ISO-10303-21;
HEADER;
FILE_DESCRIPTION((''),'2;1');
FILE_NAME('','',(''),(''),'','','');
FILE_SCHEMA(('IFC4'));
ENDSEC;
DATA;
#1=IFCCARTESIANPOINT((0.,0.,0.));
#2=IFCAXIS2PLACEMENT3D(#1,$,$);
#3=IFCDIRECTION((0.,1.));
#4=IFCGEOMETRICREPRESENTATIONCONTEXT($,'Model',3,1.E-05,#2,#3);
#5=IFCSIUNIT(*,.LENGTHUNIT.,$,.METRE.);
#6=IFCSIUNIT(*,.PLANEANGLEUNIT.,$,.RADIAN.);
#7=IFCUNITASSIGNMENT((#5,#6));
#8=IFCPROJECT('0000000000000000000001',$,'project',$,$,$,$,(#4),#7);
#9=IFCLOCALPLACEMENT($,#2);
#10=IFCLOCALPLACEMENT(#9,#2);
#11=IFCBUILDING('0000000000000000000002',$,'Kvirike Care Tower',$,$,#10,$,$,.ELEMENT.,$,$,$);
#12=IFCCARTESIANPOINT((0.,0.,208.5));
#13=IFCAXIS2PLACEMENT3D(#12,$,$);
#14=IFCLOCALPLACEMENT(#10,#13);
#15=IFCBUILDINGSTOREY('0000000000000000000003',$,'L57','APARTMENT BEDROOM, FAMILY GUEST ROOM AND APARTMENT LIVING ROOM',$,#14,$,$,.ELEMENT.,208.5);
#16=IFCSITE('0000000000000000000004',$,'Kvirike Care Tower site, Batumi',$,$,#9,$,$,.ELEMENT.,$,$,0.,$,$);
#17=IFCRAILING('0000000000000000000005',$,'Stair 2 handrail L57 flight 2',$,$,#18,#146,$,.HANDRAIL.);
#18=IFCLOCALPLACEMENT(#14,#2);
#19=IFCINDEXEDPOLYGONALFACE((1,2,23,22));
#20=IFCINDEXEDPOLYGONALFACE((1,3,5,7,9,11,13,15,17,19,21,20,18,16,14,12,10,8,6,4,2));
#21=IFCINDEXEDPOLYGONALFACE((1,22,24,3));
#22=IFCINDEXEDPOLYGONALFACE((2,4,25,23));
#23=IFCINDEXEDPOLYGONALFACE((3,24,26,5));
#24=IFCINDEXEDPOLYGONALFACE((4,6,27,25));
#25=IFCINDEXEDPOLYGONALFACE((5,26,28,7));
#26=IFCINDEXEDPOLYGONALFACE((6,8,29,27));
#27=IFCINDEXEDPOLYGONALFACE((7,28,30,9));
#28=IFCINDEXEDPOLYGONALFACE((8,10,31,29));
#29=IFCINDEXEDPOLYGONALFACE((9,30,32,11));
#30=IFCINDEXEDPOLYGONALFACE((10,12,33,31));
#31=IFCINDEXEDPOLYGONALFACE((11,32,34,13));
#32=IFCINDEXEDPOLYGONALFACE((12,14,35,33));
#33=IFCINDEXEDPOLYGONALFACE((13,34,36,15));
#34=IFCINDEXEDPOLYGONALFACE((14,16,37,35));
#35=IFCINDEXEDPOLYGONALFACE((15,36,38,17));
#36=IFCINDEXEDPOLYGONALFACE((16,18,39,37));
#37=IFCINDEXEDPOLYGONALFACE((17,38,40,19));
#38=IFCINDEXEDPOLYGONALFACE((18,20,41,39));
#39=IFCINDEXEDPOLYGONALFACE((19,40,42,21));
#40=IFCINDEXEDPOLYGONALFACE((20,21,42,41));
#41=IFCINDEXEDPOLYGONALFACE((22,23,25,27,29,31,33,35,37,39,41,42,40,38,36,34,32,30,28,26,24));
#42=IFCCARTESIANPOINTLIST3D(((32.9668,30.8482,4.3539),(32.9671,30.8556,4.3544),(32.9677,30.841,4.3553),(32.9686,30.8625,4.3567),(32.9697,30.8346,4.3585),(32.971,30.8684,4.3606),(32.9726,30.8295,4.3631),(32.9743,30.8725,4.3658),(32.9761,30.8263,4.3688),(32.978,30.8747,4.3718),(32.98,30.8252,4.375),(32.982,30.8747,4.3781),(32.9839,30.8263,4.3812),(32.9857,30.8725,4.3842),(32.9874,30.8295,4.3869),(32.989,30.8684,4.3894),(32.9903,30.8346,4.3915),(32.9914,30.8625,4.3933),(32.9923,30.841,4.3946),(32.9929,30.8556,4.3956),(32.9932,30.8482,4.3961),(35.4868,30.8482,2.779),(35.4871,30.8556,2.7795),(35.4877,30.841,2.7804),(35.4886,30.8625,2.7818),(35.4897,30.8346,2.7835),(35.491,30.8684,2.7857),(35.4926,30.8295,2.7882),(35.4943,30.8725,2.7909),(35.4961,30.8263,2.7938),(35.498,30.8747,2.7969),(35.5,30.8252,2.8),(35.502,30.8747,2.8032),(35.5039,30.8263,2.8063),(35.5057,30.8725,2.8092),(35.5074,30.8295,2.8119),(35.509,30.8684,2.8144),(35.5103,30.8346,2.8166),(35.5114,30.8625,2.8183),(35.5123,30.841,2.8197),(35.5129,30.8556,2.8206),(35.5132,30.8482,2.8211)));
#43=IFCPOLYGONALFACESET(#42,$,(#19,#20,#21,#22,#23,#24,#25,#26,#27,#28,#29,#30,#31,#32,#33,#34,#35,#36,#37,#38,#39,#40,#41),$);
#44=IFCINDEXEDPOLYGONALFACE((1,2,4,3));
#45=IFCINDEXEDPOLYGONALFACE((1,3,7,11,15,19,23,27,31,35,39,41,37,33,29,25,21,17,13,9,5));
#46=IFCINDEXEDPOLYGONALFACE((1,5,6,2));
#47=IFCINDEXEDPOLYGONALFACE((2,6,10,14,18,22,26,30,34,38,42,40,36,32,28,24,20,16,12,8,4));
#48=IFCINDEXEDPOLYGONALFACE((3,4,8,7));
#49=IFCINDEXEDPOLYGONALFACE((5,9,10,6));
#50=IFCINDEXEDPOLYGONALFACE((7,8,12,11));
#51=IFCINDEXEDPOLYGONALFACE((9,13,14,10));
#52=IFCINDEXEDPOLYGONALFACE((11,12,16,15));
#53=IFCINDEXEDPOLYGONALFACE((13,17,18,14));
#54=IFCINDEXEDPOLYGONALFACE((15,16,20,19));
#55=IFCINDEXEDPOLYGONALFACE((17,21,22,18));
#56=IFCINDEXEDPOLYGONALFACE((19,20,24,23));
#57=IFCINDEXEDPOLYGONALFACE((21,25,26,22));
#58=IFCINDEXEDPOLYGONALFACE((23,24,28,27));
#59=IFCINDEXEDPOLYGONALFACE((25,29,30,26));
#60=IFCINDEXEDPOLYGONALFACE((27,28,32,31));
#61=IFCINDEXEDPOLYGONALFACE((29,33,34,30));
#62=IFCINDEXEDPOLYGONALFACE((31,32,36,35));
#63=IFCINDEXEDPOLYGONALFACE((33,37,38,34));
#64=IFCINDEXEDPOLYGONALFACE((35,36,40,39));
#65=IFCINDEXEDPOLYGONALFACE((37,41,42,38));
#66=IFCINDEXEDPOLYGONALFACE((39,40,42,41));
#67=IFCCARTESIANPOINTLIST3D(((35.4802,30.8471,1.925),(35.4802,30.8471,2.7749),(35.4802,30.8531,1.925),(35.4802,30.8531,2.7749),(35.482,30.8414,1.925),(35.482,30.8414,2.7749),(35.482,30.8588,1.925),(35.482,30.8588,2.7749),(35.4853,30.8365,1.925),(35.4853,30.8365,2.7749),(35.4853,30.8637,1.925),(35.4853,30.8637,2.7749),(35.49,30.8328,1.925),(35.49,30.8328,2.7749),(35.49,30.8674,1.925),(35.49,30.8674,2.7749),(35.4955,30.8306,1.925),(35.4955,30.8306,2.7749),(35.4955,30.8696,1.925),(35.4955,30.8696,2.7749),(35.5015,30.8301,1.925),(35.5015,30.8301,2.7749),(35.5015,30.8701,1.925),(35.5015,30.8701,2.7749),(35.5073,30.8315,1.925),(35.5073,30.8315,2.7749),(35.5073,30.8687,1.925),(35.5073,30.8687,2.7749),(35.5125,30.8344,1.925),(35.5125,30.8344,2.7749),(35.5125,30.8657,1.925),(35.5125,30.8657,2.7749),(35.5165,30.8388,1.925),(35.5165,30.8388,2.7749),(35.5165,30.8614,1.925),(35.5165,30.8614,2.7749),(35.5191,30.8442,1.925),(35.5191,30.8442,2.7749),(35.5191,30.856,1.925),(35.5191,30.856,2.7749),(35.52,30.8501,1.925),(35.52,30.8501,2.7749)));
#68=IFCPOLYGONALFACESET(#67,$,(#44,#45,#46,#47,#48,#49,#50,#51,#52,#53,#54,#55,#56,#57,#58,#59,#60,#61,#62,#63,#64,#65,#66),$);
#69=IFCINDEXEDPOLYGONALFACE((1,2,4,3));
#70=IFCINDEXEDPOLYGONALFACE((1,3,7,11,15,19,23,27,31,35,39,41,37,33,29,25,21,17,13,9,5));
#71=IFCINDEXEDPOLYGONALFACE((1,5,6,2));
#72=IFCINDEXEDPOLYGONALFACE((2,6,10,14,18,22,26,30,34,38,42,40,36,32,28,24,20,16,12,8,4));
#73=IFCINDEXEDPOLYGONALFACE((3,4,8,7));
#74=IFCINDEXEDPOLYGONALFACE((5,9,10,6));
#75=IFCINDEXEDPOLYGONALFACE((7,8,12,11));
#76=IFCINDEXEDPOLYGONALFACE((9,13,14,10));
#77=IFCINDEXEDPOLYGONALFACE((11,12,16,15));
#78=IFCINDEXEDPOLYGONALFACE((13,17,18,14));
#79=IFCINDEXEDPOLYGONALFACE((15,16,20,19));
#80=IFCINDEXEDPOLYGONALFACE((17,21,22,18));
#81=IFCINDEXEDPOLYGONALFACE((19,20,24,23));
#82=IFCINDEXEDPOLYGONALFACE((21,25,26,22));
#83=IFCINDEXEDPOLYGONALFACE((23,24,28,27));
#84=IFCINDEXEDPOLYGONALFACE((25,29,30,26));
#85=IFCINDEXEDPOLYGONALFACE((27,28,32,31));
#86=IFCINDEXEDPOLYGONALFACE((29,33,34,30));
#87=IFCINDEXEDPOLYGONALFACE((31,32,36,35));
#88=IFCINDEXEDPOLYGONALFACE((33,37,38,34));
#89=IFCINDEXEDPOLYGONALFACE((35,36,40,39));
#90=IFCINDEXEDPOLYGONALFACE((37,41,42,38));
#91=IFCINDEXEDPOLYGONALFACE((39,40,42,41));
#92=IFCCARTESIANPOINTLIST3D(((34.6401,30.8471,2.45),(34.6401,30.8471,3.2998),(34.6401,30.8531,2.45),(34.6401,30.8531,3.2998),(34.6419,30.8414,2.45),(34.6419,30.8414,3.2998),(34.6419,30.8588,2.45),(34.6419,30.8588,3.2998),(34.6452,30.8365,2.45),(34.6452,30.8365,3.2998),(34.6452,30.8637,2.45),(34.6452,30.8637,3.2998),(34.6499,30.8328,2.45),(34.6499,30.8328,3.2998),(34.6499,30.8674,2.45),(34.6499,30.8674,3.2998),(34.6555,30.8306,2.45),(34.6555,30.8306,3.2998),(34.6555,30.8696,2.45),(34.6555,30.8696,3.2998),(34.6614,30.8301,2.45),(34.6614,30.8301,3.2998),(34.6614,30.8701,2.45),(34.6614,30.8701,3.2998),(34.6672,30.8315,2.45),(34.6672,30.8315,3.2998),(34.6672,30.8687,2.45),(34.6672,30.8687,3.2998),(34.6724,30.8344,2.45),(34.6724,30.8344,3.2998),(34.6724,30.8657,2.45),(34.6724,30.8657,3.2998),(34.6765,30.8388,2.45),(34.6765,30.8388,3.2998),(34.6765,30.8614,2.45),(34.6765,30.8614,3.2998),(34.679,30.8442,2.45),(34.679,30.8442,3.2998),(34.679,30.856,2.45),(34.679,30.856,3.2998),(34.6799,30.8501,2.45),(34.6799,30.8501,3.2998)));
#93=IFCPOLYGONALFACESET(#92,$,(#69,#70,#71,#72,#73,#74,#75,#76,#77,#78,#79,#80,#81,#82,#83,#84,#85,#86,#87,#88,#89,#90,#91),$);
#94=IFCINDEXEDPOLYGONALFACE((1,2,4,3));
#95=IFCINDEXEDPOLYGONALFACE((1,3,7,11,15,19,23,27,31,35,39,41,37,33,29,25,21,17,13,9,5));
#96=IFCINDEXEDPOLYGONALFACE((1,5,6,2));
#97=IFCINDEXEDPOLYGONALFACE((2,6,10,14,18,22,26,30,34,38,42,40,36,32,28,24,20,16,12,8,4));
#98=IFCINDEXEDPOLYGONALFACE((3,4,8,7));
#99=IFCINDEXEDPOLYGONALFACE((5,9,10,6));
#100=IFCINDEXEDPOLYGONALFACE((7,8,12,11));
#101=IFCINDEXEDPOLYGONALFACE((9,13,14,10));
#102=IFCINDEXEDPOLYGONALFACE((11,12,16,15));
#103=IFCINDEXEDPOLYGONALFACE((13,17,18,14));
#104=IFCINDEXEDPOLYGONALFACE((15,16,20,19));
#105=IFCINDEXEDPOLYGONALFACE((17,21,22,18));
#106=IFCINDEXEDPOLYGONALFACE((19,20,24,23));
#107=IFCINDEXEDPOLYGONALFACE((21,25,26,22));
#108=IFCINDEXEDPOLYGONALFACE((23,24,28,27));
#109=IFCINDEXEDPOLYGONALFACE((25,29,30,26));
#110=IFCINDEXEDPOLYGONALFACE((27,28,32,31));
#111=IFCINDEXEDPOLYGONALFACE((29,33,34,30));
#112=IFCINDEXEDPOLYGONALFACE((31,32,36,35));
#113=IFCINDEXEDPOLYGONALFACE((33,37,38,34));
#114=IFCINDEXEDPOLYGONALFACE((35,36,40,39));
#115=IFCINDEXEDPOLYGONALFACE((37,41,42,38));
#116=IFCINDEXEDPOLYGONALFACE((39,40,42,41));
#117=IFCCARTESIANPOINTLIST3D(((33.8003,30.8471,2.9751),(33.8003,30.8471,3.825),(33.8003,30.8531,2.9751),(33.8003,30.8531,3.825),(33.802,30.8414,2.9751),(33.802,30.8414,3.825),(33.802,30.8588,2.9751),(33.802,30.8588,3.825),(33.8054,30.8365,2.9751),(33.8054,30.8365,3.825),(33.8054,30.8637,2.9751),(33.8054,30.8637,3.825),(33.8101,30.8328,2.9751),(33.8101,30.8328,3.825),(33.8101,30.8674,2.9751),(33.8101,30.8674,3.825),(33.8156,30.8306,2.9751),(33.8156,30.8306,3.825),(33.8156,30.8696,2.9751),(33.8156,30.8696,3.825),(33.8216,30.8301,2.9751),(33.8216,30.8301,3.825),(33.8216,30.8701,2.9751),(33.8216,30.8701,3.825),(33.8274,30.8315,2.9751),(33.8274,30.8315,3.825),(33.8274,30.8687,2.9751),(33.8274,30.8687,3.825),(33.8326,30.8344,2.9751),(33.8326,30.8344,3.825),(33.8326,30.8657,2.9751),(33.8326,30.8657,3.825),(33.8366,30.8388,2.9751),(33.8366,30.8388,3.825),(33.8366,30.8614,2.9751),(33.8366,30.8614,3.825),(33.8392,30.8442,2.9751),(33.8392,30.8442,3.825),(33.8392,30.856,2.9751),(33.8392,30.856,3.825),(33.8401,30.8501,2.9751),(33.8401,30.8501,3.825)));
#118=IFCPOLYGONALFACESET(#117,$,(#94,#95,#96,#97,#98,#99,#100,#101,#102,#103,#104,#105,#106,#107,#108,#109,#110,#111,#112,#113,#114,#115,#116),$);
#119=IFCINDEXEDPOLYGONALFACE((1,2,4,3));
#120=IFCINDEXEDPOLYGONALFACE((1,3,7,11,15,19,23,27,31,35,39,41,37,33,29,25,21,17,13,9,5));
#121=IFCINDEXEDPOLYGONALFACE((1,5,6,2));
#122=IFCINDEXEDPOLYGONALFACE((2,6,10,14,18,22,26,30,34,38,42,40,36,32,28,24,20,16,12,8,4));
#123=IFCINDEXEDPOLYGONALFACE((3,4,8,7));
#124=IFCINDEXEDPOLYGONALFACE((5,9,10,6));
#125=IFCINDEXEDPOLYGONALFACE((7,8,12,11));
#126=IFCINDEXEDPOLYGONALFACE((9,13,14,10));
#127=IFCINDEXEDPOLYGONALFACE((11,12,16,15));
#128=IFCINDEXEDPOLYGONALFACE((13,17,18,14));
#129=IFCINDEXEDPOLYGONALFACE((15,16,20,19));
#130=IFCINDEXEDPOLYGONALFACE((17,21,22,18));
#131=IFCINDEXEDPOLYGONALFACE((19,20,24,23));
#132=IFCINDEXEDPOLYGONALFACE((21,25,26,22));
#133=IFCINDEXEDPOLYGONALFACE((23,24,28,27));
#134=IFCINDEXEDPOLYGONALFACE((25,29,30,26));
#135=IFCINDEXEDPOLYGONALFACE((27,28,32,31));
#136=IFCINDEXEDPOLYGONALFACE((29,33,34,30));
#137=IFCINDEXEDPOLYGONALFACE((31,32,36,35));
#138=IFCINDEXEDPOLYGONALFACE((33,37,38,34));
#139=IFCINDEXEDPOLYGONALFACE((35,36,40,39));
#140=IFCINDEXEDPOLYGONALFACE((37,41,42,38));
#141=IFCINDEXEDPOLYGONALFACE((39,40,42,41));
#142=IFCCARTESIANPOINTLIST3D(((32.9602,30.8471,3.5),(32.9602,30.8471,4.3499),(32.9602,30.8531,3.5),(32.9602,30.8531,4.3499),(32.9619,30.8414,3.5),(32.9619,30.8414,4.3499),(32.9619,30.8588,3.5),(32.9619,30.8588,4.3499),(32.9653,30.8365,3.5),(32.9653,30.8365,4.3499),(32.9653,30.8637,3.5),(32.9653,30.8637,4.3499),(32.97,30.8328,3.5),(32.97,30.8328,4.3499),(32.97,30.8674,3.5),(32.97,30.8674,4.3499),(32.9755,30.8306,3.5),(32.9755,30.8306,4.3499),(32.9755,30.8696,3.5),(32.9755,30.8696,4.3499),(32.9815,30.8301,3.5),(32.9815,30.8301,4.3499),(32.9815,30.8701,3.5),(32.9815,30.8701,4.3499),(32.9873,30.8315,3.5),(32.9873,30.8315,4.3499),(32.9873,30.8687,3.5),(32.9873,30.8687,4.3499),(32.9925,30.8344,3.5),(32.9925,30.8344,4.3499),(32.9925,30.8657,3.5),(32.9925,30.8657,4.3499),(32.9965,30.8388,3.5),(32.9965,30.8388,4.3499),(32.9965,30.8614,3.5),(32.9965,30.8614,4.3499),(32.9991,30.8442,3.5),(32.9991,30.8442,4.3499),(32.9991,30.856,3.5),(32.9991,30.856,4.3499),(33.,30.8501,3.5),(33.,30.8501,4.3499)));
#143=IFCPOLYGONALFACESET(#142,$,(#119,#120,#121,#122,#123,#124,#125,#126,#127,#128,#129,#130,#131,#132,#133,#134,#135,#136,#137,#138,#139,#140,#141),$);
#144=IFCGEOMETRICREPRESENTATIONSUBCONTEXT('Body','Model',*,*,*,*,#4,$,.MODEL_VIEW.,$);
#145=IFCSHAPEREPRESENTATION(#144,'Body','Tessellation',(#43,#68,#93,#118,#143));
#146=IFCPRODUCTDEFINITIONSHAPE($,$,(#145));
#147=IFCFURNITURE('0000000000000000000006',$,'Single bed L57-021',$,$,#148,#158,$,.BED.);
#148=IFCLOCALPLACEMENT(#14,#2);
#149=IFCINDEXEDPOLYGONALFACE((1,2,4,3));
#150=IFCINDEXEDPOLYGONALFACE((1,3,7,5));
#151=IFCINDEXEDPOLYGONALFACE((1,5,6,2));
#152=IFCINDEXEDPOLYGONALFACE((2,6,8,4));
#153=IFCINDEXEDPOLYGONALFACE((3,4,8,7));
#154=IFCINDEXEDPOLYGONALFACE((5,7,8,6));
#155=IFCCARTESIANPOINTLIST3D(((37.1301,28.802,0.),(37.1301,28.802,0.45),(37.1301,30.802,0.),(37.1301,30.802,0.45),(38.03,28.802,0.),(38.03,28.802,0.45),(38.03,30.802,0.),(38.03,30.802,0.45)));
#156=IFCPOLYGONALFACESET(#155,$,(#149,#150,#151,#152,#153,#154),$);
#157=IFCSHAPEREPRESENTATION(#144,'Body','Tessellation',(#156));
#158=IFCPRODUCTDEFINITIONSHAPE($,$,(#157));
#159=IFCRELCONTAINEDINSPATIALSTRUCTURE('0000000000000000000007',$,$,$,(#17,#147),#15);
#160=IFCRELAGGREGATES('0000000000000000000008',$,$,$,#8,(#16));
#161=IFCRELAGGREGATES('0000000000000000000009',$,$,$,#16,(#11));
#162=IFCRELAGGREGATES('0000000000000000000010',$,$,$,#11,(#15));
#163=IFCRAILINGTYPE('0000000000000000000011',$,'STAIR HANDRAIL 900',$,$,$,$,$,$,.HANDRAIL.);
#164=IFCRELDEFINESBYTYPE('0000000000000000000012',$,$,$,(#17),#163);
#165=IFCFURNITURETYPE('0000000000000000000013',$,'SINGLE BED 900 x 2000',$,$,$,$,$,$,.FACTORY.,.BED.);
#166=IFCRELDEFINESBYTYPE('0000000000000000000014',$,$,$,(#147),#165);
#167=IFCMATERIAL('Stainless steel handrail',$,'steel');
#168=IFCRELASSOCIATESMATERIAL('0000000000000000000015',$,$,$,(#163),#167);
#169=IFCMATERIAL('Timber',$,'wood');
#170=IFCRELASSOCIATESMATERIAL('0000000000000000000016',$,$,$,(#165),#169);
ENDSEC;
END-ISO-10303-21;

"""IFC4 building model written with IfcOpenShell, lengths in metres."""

from ifc_helpers import new_model, si_unit, direction, frame, origin, origin_2d, place, context, subcontext, project, spatial, rectangle, circle, extrude, material, type_object, element, save


model = new_model("IFC4")

# Units and contexts
model_context = context("Model", 3, precision=1e-05, world=origin(), true_north=direction((0.0, 1.0)))
body_context = subcontext(model_context, "Body", "Model", "MODEL_VIEW")
ifc_project = project(units=[si_unit("LENGTHUNIT", "METRE"), si_unit("PLANEANGLEUNIT", "RADIAN")], contexts=[model_context])

# Site, building, storey
site_placement = place(None, origin())
site = spatial("IfcSite", under=ifc_project, at=site_placement, Name="Kvirike Care Tower site, Batumi", CompositionType="ELEMENT", RefElevation=0.0)
building_placement = place(site_placement, origin())
building = spatial("IfcBuilding", under=site, at=building_placement, Name="Kvirike Care Tower", CompositionType="ELEMENT")
storey_placement = place(building_placement, frame((0.0, 0.0, 208.5)))
storey = spatial("IfcBuildingStorey", under=building, at=storey_placement, Name="L57", Description="APARTMENT BEDROOM, FAMILY GUEST ROOM AND APARTMENT LIVING ROOM", CompositionType="ELEMENT", Elevation=208.5)

# Railing
ifc_material_1 = material(Name="Stainless steel handrail", Category="steel")
railing_type = type_object("IfcRailingType", Name="STAIR HANDRAIL 900", PredefinedType="HANDRAIL", material=ifc_material_1)
railing_1_placement = place(storey_placement, frame((35.5, 30.8501, 1.925)))
element("IfcRailing", 1, at=railing_1_placement, inside=storey, type_object=railing_type, Name="Stair 2 handrail L57 flight 2", PredefinedType="HANDRAIL", context=body_context, shape_type="SweptSolid", body=[
    extrude(circle(Radius=0.0249, at=origin_2d()), frame((0.0, 0.0, 0.875), z_axis=(-0.848008, 0.0, 0.529984), x_axis=(0.0, -1.0, 0.0)), (0.0, 0.0, 1.0), 2.9717),
    extrude(circle(Radius=0.02, at=origin_2d()), origin(), (0.0, 0.0, 1.0), 0.8499),
    extrude(circle(Radius=0.02, at=origin_2d()), frame((-0.8401, 0.0, 0.5249)), (0.0, 0.0, 1.0), 0.8499),
    extrude(circle(Radius=0.02, at=origin_2d()), frame((-1.6799, 0.0, 1.05)), (0.0, 0.0, 1.0), 0.8499),
    extrude(circle(Radius=0.02, at=origin_2d()), frame((-2.52, 0.0, 1.575)), (0.0, 0.0, 1.0), 0.8499),
])

# Furniture
ifc_material_2 = material(Name="Timber", Category="wood")
furniture_type = type_object("IfcFurnitureType", Name="SINGLE BED 900 x 2000", AssemblyPlace="FACTORY", PredefinedType="BED", material=ifc_material_2)
furniture_placement = place(storey_placement, frame((37.5801, 29.802, 0.0), z_axis=(0.0, 0.0, 1.0), x_axis=(-1.0, 0.0, 0.0)))
element("IfcFurniture", 2, at=furniture_placement, inside=storey, type_object=furniture_type, Name="Single bed L57-021", PredefinedType="BED", context=body_context, shape_type="SweptSolid", body=[
    extrude(rectangle(XDim=0.8999, YDim=2.0, at=origin_2d()), origin(), (0.0, 0.0, 1.0), 0.45),
])

save(model, "model.ifc")
